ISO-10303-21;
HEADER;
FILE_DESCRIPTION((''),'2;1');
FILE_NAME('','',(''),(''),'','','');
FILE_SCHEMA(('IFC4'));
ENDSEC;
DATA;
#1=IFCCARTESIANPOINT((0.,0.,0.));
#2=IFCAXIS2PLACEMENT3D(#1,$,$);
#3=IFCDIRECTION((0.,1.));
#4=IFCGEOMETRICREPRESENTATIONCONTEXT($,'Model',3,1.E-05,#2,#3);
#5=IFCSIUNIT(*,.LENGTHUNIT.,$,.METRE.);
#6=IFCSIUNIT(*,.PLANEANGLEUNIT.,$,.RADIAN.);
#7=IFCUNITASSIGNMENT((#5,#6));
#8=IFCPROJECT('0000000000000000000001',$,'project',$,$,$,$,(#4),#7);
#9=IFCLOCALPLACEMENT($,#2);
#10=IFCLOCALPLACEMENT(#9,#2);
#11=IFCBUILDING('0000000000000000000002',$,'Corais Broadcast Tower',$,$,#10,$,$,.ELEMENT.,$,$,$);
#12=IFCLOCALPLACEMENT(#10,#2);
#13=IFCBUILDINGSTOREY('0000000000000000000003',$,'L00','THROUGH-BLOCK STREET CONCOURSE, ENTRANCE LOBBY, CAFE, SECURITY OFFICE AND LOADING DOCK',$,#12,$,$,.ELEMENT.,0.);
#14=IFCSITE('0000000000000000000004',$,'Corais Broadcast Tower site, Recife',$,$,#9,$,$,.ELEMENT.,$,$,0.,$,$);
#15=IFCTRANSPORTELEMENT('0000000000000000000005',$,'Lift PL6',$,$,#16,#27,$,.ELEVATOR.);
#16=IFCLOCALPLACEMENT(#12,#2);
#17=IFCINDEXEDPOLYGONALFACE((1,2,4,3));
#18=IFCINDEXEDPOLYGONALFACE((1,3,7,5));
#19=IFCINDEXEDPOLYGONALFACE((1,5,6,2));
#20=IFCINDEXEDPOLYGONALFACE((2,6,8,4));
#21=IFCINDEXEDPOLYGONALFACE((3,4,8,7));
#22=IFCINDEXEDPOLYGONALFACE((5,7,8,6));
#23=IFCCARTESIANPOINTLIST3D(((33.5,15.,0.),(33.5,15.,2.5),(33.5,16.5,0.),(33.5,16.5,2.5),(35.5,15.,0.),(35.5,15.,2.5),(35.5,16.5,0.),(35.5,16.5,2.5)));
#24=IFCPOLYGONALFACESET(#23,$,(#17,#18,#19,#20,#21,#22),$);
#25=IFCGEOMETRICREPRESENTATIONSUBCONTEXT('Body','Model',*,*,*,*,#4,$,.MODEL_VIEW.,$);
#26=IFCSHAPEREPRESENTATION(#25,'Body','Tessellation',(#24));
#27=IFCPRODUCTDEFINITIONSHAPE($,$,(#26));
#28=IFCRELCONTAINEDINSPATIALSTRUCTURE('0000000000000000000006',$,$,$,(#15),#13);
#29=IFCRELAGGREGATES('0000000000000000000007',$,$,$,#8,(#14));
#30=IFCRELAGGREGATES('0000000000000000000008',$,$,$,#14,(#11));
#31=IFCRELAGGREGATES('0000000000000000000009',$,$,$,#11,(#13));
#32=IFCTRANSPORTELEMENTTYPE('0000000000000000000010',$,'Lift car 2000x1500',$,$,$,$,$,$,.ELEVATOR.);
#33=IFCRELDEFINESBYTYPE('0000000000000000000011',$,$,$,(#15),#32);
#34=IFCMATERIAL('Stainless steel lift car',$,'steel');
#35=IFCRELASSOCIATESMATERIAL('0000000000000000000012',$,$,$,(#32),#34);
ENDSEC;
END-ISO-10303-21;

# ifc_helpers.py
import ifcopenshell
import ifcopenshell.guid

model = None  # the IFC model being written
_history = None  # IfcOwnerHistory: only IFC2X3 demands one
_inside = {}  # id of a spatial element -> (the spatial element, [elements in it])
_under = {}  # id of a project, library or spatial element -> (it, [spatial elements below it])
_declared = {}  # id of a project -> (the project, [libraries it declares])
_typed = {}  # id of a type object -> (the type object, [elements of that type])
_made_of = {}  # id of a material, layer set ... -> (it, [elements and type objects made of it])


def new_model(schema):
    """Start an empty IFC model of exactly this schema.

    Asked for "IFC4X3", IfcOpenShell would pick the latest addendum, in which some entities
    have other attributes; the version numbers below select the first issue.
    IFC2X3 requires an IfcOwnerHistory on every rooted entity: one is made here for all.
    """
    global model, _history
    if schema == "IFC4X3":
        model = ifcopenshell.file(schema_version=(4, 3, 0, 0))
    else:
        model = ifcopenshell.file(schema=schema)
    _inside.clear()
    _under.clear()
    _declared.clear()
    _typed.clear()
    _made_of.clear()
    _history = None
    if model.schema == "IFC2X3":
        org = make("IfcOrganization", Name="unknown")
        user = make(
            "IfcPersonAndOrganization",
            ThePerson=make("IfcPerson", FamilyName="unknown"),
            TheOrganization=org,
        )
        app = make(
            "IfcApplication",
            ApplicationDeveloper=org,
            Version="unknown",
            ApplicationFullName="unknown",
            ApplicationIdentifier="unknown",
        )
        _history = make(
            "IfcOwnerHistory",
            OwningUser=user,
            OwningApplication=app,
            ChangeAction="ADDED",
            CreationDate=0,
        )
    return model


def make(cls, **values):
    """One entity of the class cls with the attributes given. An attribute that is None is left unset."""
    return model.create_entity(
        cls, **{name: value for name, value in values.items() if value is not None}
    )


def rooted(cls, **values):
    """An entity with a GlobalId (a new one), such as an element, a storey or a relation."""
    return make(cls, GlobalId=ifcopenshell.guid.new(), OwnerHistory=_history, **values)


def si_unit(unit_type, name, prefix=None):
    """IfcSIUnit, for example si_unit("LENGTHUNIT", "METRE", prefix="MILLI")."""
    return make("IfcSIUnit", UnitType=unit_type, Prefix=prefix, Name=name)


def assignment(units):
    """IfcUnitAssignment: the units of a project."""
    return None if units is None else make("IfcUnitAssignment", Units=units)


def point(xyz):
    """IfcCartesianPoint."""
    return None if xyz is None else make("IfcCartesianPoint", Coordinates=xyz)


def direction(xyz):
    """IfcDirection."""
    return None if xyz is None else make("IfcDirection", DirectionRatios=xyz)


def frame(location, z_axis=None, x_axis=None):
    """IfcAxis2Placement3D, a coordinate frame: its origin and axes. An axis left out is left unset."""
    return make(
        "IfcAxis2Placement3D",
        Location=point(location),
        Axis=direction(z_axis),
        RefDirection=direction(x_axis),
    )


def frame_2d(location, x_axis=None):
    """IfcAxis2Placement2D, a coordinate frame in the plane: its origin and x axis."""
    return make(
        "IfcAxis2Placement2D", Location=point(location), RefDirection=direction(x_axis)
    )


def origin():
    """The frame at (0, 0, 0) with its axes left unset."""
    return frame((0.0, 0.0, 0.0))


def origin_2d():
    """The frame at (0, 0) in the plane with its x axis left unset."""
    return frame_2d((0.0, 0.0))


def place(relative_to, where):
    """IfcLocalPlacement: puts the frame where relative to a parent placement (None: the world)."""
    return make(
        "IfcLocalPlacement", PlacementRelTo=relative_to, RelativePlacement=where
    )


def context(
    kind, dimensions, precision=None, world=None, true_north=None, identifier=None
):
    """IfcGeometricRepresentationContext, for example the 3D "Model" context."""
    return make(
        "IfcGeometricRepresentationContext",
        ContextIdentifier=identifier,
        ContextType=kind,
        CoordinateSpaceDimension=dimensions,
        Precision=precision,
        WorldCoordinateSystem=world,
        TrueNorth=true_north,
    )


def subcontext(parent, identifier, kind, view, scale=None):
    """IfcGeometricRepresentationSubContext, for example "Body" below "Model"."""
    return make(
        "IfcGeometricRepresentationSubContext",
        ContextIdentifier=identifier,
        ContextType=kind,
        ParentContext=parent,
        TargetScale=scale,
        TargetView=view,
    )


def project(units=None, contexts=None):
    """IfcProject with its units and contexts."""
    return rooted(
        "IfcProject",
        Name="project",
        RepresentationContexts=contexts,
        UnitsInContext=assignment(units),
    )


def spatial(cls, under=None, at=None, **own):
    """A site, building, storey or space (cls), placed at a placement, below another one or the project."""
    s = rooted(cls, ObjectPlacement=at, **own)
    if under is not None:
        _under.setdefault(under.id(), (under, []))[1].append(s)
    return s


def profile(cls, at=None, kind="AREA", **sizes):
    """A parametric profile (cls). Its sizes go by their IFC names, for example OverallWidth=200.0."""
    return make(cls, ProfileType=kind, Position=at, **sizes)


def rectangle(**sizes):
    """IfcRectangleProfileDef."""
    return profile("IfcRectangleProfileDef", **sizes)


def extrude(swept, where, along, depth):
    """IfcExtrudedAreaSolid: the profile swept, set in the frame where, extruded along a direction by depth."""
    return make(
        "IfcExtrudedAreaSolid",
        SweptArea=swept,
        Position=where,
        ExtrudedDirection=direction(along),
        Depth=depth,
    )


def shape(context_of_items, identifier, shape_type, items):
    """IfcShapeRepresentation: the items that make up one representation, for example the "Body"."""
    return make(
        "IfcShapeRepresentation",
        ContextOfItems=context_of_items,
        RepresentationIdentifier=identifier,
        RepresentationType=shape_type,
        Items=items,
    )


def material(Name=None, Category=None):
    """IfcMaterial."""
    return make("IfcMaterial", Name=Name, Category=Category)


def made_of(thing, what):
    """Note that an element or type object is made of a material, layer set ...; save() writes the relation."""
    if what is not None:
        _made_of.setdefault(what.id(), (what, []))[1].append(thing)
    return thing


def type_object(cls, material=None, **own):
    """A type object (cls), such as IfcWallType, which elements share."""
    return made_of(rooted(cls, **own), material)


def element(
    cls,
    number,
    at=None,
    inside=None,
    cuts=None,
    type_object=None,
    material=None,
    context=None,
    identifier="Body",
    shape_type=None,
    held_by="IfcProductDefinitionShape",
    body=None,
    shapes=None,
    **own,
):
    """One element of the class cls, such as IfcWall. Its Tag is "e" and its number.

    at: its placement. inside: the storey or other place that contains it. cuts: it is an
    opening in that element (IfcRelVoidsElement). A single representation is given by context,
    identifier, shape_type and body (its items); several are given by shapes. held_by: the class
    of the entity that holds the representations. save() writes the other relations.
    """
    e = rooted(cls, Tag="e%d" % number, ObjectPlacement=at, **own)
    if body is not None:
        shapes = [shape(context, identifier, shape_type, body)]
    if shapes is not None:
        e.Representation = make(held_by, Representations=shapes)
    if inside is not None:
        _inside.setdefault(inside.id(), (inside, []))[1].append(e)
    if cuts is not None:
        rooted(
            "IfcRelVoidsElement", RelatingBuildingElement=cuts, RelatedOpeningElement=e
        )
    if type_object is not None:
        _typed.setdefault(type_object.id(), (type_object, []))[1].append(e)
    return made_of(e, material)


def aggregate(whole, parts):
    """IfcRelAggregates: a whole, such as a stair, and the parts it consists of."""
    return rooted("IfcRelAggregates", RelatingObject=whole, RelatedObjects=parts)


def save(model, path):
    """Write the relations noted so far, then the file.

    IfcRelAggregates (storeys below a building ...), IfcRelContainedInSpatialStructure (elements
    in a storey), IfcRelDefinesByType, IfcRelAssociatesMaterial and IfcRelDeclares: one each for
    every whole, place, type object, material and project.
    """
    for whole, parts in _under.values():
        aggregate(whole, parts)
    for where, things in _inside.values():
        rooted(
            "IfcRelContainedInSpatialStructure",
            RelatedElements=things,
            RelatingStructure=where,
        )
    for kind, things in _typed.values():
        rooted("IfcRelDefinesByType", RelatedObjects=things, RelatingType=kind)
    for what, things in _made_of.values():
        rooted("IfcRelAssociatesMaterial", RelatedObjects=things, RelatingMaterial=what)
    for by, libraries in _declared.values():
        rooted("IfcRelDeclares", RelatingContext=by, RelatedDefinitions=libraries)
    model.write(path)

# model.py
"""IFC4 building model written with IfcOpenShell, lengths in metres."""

from ifc_helpers import new_model, si_unit, direction, frame, origin, origin_2d, place, context, subcontext, project, spatial, rectangle, extrude, material, type_object, element, save


model = new_model("IFC4")

# Units and contexts
model_context = context("Model", 3, precision=1e-05, world=origin(), true_north=direction((0.0, 1.0)))
body_context = subcontext(model_context, "Body", "Model", "MODEL_VIEW")
ifc_project = project(units=[si_unit("LENGTHUNIT", "METRE"), si_unit("PLANEANGLEUNIT", "RADIAN")], contexts=[model_context])

# Site, building, storey
site_placement = place(None, origin())
site = spatial("IfcSite", under=ifc_project, at=site_placement, Name="Corais Broadcast Tower site, Recife", CompositionType="ELEMENT", RefElevation=0.0)
building_placement = place(site_placement, origin())
building = spatial("IfcBuilding", under=site, at=building_placement, Name="Corais Broadcast Tower", CompositionType="ELEMENT")
storey_placement = place(building_placement, origin())
storey = spatial("IfcBuildingStorey", under=building, at=storey_placement, Name="L00", Description="THROUGH-BLOCK STREET CONCOURSE, ENTRANCE LOBBY, CAFE, SECURITY OFFICE AND LOADING DOCK", CompositionType="ELEMENT", Elevation=0.0)

# Transport element
ifc_material_1 = material(Name="Stainless steel lift car", Category="steel")
transport_element_type = type_object("IfcTransportElementType", Name="Lift car 2000x1500", PredefinedType="ELEVATOR", material=ifc_material_1)
transport_element_placement = place(storey_placement, frame((34.5, 15.75, 0.0), z_axis=(0.0, 0.0, 1.0), x_axis=(1.0, 0.0, 0.0)))
element("IfcTransportElement", 1, at=transport_element_placement, inside=storey, type_object=transport_element_type, Name="Lift PL6", PredefinedType="ELEVATOR", context=body_context, shape_type="SweptSolid", body=[
    extrude(rectangle(XDim=2.0, YDim=1.5, at=origin_2d()), origin(), (0.0, 0.0, 1.0), 2.5),
])

save(model, "model.ifc")
